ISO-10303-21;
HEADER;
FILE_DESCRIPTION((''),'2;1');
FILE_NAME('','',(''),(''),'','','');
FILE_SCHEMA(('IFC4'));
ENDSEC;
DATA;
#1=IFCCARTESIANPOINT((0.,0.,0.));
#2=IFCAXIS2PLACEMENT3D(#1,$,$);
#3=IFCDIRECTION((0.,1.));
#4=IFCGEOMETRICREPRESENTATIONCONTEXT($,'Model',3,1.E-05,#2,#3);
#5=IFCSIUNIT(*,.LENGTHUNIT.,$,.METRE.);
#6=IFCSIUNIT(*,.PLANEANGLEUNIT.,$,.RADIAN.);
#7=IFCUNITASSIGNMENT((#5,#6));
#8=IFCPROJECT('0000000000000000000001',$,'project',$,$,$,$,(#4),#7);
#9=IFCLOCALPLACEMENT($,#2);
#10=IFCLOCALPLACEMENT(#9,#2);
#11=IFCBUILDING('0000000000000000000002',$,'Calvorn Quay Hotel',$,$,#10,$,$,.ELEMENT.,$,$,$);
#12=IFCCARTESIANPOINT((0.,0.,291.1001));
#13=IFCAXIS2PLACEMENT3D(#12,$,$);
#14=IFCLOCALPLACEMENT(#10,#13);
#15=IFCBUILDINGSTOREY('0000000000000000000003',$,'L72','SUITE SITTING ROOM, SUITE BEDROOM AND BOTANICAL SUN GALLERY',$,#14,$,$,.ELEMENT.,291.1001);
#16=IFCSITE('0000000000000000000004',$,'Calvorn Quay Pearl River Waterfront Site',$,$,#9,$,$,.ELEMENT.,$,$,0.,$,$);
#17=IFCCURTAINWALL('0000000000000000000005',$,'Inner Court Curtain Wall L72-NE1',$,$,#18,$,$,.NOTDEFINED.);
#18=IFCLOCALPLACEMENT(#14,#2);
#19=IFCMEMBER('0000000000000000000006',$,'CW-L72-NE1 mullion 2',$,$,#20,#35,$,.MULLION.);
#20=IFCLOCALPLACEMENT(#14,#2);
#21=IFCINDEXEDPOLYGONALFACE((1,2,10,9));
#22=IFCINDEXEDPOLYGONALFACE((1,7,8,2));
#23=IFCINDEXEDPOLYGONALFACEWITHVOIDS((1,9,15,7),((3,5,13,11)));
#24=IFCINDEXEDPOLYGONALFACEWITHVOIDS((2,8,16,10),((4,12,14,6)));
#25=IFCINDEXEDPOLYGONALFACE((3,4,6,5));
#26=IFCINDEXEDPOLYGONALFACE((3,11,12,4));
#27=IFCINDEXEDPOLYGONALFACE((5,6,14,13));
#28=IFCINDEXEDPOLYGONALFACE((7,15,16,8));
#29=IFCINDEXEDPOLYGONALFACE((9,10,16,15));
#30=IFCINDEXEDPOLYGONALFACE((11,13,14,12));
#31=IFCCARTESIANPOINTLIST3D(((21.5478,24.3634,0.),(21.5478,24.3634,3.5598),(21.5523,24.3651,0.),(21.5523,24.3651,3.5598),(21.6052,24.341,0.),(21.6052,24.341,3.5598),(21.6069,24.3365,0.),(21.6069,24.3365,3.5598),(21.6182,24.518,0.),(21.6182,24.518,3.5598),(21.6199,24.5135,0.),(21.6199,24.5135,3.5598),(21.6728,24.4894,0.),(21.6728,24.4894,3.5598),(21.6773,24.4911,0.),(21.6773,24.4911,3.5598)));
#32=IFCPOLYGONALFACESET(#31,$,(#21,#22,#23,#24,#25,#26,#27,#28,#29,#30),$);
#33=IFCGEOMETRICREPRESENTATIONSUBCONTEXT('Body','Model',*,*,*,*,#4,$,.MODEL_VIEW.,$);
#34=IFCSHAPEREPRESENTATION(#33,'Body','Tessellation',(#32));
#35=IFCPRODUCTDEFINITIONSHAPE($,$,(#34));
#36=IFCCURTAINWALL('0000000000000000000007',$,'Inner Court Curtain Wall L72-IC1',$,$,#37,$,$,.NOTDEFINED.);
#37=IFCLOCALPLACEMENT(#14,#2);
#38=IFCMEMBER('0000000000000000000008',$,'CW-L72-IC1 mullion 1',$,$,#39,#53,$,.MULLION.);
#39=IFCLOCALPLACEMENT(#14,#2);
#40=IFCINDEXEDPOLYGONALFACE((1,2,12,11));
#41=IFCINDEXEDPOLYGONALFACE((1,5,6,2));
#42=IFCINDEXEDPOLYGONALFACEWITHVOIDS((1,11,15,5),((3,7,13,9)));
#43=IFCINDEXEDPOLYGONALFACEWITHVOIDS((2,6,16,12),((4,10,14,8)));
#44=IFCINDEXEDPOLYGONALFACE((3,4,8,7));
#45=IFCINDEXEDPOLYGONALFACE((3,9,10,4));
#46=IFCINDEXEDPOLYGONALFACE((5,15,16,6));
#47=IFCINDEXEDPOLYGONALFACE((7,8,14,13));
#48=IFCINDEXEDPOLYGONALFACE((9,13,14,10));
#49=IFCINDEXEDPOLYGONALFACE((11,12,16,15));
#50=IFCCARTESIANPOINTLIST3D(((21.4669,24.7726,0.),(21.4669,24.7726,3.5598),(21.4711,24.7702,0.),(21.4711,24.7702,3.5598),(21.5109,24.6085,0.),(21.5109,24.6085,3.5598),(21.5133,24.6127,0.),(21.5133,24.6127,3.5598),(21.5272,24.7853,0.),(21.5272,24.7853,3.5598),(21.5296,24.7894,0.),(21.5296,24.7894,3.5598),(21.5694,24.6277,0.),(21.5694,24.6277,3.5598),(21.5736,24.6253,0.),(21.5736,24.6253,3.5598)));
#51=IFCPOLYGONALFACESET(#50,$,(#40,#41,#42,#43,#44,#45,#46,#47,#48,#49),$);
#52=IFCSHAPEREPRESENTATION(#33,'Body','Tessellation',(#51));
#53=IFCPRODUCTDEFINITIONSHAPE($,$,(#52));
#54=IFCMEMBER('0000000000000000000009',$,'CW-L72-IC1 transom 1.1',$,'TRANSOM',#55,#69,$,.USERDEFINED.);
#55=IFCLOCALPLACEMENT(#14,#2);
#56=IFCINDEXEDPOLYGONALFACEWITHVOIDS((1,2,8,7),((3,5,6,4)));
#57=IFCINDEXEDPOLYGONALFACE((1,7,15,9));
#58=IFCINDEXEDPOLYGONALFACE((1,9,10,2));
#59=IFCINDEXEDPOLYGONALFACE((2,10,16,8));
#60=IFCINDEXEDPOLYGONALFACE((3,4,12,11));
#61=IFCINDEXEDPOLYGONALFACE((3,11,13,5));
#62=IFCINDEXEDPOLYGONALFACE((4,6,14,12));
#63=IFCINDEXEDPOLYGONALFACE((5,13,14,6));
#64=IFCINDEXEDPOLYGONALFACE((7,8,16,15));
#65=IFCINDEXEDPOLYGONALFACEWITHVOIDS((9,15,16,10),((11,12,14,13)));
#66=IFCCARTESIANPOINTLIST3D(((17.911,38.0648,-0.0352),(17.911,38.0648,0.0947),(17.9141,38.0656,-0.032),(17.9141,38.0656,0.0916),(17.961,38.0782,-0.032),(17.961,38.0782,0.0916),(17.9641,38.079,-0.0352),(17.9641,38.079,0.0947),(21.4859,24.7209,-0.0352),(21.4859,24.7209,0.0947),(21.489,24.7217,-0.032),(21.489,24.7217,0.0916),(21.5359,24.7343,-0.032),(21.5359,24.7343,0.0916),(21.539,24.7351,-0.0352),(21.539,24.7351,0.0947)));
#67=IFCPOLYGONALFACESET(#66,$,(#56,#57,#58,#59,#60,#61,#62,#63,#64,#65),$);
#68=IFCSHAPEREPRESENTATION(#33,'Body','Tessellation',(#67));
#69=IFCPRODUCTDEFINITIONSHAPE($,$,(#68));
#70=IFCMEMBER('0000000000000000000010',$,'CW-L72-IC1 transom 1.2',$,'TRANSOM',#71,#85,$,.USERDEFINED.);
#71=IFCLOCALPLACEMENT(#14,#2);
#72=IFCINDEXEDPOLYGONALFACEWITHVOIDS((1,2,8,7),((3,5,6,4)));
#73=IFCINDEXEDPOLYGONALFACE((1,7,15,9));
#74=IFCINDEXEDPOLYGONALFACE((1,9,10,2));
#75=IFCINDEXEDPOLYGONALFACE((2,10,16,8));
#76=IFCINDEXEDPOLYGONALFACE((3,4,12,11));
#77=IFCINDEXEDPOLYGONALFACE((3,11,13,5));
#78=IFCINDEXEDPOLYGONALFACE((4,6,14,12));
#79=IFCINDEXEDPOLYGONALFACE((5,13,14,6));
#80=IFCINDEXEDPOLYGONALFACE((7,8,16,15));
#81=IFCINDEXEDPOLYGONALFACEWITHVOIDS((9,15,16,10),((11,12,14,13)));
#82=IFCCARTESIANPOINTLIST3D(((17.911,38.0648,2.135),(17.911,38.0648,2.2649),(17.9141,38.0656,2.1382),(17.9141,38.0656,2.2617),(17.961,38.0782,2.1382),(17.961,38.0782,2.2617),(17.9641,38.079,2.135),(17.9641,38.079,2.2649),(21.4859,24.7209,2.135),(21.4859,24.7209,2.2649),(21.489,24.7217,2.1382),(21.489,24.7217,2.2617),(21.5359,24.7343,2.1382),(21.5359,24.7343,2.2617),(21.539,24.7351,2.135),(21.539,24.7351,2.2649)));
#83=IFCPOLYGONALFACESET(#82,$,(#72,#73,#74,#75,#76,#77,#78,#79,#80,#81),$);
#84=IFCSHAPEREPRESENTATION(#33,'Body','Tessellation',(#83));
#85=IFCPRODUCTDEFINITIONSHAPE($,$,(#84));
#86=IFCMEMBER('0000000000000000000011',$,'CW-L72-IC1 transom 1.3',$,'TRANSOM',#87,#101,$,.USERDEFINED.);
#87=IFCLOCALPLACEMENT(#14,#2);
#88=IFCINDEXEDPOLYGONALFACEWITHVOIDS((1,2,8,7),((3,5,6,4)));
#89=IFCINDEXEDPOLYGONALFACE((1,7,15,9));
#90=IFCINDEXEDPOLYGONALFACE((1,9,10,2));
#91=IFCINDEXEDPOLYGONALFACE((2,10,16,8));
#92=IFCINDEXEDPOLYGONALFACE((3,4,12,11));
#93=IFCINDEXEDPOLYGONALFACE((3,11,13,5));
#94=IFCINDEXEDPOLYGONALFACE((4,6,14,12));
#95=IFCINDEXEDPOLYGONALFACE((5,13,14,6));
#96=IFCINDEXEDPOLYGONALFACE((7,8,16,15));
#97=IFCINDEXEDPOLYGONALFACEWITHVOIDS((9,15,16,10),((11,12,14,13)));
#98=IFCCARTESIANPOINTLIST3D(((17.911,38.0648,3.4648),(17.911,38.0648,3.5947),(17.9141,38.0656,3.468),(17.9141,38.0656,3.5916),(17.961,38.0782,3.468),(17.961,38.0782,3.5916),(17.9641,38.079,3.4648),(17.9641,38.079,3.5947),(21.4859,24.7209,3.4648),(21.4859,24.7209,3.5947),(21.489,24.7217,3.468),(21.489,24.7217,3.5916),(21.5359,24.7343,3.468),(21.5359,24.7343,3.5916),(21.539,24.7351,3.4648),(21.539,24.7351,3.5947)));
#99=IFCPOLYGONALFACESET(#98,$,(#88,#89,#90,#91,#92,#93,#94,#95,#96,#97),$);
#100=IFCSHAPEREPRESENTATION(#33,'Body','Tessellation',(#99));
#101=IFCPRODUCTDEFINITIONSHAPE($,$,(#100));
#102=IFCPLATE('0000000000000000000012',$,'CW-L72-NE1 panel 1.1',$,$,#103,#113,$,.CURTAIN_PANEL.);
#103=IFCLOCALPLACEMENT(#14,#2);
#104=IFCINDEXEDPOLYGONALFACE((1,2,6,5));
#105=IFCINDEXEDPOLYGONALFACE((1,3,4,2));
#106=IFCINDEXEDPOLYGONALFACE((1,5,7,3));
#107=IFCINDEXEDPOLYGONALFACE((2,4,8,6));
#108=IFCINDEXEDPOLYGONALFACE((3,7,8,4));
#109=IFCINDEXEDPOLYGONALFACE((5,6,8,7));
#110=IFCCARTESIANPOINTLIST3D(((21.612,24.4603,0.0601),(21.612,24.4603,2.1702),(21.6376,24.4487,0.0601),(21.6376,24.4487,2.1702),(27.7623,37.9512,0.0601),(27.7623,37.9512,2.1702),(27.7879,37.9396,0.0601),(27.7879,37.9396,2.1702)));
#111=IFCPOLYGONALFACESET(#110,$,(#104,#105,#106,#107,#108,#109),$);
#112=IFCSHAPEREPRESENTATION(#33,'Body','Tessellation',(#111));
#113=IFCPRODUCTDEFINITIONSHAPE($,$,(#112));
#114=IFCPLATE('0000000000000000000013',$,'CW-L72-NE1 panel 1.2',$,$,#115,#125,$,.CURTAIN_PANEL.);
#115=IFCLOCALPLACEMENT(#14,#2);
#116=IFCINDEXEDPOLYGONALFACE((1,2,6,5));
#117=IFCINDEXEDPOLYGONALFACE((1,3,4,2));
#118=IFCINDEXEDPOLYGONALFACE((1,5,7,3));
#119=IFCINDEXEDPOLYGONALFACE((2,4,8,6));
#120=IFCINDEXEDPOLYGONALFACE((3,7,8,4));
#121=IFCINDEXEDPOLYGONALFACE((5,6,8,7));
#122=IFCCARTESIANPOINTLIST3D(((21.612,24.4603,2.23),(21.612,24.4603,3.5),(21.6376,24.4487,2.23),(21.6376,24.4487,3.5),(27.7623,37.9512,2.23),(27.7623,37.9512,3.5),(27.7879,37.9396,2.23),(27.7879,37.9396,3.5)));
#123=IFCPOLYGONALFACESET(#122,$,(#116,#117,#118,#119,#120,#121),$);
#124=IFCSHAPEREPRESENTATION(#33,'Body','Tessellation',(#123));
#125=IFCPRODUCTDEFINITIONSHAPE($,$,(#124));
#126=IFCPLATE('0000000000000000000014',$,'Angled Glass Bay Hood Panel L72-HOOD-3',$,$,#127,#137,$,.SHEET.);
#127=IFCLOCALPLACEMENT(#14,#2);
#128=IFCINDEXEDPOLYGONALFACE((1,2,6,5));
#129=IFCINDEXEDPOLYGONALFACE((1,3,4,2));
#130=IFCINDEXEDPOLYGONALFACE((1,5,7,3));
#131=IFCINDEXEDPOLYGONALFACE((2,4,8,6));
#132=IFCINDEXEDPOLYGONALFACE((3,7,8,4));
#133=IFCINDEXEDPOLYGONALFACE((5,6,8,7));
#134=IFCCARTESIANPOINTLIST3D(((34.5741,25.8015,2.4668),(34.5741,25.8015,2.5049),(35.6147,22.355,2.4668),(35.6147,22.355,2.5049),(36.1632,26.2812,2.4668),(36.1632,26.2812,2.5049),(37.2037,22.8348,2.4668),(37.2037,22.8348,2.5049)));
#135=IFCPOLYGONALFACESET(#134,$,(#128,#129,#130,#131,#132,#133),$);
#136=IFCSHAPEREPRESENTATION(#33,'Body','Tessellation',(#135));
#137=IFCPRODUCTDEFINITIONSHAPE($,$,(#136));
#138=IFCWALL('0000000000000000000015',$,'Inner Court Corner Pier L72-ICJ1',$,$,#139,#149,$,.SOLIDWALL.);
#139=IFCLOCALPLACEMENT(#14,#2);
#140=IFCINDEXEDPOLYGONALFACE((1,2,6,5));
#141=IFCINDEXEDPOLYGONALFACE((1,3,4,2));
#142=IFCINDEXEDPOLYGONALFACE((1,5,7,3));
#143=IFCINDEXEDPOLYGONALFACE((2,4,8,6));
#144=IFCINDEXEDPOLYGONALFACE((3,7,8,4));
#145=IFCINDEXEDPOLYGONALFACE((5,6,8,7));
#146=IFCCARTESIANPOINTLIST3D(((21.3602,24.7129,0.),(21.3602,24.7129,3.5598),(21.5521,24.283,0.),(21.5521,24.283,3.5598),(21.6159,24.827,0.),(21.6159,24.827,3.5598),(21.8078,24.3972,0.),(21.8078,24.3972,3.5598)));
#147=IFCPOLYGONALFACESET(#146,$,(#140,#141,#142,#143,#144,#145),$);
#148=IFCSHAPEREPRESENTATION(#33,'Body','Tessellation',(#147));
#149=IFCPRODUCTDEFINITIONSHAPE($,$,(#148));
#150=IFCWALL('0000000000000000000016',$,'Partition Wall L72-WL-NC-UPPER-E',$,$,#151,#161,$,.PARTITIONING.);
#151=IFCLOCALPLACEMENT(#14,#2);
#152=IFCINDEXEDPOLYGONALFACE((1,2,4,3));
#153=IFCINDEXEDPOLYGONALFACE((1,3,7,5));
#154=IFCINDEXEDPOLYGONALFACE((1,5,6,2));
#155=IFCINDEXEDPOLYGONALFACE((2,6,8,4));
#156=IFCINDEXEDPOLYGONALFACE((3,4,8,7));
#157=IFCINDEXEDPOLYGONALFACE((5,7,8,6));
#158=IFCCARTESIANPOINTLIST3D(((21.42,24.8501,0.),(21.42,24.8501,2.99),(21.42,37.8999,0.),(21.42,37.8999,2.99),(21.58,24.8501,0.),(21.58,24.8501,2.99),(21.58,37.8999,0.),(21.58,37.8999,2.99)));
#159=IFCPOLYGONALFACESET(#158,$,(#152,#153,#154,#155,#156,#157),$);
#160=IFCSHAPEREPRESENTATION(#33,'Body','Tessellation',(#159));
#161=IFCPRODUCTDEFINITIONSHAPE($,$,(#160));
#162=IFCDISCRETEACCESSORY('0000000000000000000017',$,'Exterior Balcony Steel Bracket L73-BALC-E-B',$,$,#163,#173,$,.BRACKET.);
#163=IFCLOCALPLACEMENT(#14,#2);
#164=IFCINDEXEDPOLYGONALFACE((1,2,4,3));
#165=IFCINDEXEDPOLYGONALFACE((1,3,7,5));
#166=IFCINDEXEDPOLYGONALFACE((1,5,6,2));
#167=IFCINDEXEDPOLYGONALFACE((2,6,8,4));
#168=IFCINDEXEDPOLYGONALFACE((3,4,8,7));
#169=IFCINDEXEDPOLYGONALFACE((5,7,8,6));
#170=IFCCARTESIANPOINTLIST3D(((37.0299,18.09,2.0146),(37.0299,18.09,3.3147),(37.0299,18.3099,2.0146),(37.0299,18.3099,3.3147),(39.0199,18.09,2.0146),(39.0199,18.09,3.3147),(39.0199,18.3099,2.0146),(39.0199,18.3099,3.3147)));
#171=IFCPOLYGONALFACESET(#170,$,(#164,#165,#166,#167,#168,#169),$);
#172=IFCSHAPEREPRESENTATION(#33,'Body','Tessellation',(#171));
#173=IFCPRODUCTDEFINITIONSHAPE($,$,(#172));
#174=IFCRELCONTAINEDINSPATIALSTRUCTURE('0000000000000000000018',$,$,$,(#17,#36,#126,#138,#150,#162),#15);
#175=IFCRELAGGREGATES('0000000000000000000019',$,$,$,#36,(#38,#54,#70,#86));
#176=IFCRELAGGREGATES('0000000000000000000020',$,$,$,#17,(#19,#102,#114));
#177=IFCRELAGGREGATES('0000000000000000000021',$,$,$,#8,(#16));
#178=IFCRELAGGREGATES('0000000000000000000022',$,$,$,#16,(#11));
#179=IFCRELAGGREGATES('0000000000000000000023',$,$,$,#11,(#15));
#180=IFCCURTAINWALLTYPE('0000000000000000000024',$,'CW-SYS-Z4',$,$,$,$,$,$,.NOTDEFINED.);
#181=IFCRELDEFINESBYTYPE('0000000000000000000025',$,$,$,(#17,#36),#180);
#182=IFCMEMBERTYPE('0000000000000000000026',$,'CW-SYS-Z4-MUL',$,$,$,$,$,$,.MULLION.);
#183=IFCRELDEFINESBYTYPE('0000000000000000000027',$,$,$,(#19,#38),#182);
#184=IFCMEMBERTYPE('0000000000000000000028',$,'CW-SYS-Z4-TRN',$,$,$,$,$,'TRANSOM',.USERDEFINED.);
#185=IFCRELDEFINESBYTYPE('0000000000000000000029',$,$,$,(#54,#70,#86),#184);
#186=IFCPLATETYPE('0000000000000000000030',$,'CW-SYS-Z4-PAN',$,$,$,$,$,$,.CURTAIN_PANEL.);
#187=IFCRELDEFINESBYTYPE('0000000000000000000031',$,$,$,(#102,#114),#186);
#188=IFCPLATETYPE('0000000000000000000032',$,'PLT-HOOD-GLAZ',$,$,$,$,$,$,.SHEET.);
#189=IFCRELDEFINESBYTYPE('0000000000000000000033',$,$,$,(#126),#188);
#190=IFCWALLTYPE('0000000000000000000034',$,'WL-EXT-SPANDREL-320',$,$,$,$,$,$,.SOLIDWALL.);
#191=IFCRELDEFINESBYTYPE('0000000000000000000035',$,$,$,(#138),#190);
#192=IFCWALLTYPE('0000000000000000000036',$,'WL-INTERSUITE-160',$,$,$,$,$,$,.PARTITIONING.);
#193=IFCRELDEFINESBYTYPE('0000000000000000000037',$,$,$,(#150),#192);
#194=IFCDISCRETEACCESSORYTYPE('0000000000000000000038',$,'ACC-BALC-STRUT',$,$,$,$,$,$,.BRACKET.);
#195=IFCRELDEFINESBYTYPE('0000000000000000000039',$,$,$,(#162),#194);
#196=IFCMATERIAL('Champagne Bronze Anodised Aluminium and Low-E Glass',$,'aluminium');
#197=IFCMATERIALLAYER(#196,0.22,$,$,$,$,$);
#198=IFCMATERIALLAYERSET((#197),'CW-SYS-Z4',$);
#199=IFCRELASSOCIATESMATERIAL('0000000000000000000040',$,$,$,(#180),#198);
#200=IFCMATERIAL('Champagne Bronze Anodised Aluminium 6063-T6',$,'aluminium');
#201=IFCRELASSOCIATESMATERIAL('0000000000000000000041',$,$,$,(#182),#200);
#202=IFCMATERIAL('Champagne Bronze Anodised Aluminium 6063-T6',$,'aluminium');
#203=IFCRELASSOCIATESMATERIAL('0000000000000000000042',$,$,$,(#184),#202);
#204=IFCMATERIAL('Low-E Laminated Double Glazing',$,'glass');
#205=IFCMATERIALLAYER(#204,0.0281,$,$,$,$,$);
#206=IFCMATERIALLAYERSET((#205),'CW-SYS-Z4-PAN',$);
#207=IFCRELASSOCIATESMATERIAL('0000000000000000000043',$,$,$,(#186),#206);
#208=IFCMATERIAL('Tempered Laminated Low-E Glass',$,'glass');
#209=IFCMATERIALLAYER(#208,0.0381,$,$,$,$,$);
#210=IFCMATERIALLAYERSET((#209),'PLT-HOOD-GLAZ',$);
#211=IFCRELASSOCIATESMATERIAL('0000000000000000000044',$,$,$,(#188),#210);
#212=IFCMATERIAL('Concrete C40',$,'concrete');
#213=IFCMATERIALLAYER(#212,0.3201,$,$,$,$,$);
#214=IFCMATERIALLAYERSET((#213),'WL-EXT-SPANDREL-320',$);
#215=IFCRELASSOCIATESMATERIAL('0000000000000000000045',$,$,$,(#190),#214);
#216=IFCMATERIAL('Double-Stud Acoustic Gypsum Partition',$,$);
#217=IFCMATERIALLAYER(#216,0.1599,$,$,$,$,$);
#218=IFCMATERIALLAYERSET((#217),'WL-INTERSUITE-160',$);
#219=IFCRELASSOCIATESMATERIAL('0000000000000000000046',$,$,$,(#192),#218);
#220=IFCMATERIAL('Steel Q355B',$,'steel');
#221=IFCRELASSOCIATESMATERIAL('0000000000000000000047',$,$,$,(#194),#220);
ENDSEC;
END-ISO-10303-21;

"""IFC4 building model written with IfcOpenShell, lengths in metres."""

from ifc_helpers import new_model, si_unit, direction, frame, frame_2d, origin, origin_2d, place, context, subcontext, project, spatial, rectangle, hollow_rectangle, extrude, material, layer, layer_set, material_profile, profile_set, type_object, element, aggregate, save


model = new_model("IFC4")

# Units and contexts
model_context = context("Model", 3, precision=1e-05, world=origin(), true_north=direction((0.0, 1.0)))
body_context = subcontext(model_context, "Body", "Model", "MODEL_VIEW")
ifc_project = project(units=[si_unit("LENGTHUNIT", "METRE"), si_unit("PLANEANGLEUNIT", "RADIAN")], contexts=[model_context])

# Site, building, storey
site_placement = place(None, origin())
site = spatial("IfcSite", under=ifc_project, at=site_placement, Name="Calvorn Quay Pearl River Waterfront Site", CompositionType="ELEMENT", RefElevation=0.0)
building_placement = place(site_placement, origin())
building = spatial("IfcBuilding", under=site, at=building_placement, Name="Calvorn Quay Hotel", CompositionType="ELEMENT")
storey_placement = place(building_placement, frame((0.0, 0.0, 291.1001)))
storey = spatial("IfcBuildingStorey", under=building, at=storey_placement, Name="L72", Description="SUITE SITTING ROOM, SUITE BEDROOM AND BOTANICAL SUN GALLERY", CompositionType="ELEMENT", Elevation=291.1001)

# Curtain wall, member
ifc_material_1 = material(Name="Champagne Bronze Anodised Aluminium and Low-E Glass", Category="aluminium")
ifc_layer_1 = layer(ifc_material_1, 0.22)
ifc_layer_set_1 = layer_set([ifc_layer_1], Name="CW-SYS-Z4")
curtain_wall_type = type_object("IfcCurtainWallType", Name="CW-SYS-Z4", PredefinedType="NOTDEFINED", material=ifc_layer_set_1)
curtain_wall_1_placement = place(storey_placement, origin())
curtain_wall_1 = element("IfcCurtainWall", 1, at=curtain_wall_1_placement, inside=storey, type_object=curtain_wall_type, Name="Inner Court Curtain Wall L72-NE1", PredefinedType="NOTDEFINED")
ifc_material_2 = material(Name="Champagne Bronze Anodised Aluminium 6063-T6", Category="aluminium")
ifc_material_profile_1 = material_profile(ifc_material_2, hollow_rectangle(XDim=0.0649, YDim=0.1699, WallThickness=0.0034, at=origin_2d()), Name="ALU-M170x65x3.5")
ifc_profile_set_1 = profile_set([ifc_material_profile_1], Name="Champagne Bronze Anodised Aluminium 6063-T6")
member_type_1 = type_object("IfcMemberType", Name="CW-SYS-Z4-MUL", PredefinedType="MULLION", material=ifc_profile_set_1)
member_1_placement = place(storey_placement, frame((21.6125, 24.4272, 0.0), z_axis=(0.0, 0.0, 1.0), x_axis=(0.909908, -0.414811, 0.0)))
member_1 = element("IfcMember", 2, at=member_1_placement, type_object=member_type_1, Name="CW-L72-NE1 mullion 2", PredefinedType="MULLION", context=body_context, shape_type="SweptSolid", body=[
    extrude(hollow_rectangle(XDim=0.0649, YDim=0.1699, WallThickness=0.0034, at=origin_2d()), origin(), (0.0, 0.0, 1.0), 3.5598),
])

# Curtain wall, members
curtain_wall_2_placement = place(storey_placement, origin())
curtain_wall_2 = element("IfcCurtainWall", 3, at=curtain_wall_2_placement, inside=storey, type_object=curtain_wall_type, Name="Inner Court Curtain Wall L72-IC1", PredefinedType="NOTDEFINED")
member_2_placement = place(storey_placement, frame((21.5203, 24.699, 0.0), z_axis=(0.0, 0.0, 1.0), x_axis=(-0.965937, -0.258779, 0.0)))
member_2 = element("IfcMember", 4, at=member_2_placement, type_object=member_type_1, Name="CW-L72-IC1 mullion 1", PredefinedType="MULLION", context=body_context, shape_type="SweptSolid", body=[
    extrude(hollow_rectangle(XDim=0.0649, YDim=0.1699, WallThickness=0.0034, at=origin_2d()), origin(), (0.0, 0.0, 1.0), 3.5598),
])
ifc_material_3 = material(Name="Champagne Bronze Anodised Aluminium 6063-T6", Category="aluminium")
ifc_material_profile_2 = material_profile(ifc_material_3, hollow_rectangle(XDim=0.0549, YDim=0.1299, WallThickness=0.0032, at=origin_2d()), Name="ALU-T130x55x3.2")
ifc_profile_set_2 = profile_set([ifc_material_profile_2], Name="Champagne Bronze Anodised Aluminium 6063-T6")
member_type_2 = type_object("IfcMemberType", Name="CW-SYS-Z4-TRN", ElementType="TRANSOM", PredefinedType="USERDEFINED", material=ifc_profile_set_2)
member_3_placement = place(storey_placement, frame((21.5125, 24.728, 0.0298), z_axis=(-0.258781, 0.965936, 0.0), x_axis=(-0.965936, -0.258781, 0.0)))
member_3 = element("IfcMember", 5, at=member_3_placement, type_object=member_type_2, Name="CW-L72-IC1 transom 1.1", ObjectType="TRANSOM", PredefinedType="USERDEFINED", context=body_context, shape_type="SweptSolid", body=[
    extrude(hollow_rectangle(XDim=0.0549, YDim=0.1299, WallThickness=0.0032, at=origin_2d()), origin(), (0.0, 0.0, 1.0), 13.8145),
])
member_4_placement = place(storey_placement, frame((21.5125, 24.728, 2.2), z_axis=(-0.258781, 0.965936, 0.0), x_axis=(-0.965936, -0.258781, 0.0)))
member_4 = element("IfcMember", 6, at=member_4_placement, type_object=member_type_2, Name="CW-L72-IC1 transom 1.2", ObjectType="TRANSOM", PredefinedType="USERDEFINED", context=body_context, shape_type="SweptSolid", body=[
    extrude(hollow_rectangle(XDim=0.0549, YDim=0.1299, WallThickness=0.0032, at=origin_2d()), origin(), (0.0, 0.0, 1.0), 13.8145),
])
member_5_placement = place(storey_placement, frame((21.5125, 24.728, 3.5298), z_axis=(-0.258781, 0.965936, 0.0), x_axis=(-0.965936, -0.258781, 0.0)))
member_5 = element("IfcMember", 7, at=member_5_placement, type_object=member_type_2, Name="CW-L72-IC1 transom 1.3", ObjectType="TRANSOM", PredefinedType="USERDEFINED", context=body_context, shape_type="SweptSolid", body=[
    extrude(hollow_rectangle(XDim=0.0549, YDim=0.1299, WallThickness=0.0032, at=origin_2d()), origin(), (0.0, 0.0, 1.0), 13.8145),
])
aggregate(curtain_wall_2, [member_2, member_3, member_4, member_5])

# Plates
ifc_material_4 = material(Name="Low-E Laminated Double Glazing", Category="glass")
ifc_layer_2 = layer(ifc_material_4, 0.0281)
ifc_layer_set_2 = layer_set([ifc_layer_2], Name="CW-SYS-Z4-PAN")
plate_type_1 = type_object("IfcPlateType", Name="CW-SYS-Z4-PAN", PredefinedType="CURTAIN_PANEL", material=ifc_layer_set_2)
plate_1_placement = place(storey_placement, frame((24.7, 31.2, 0.0601), z_axis=(0.0, 0.0, 1.0), x_axis=(-0.414811, -0.909908, 0.0)))
plate_1 = element("IfcPlate", 8, at=plate_1_placement, type_object=plate_type_1, Name="CW-L72-NE1 panel 1.1", PredefinedType="CURTAIN_PANEL", context=body_context, shape_type="SweptSolid", body=[
    extrude(rectangle(XDim=14.8267, YDim=0.0281, at=origin_2d()), origin(), (0.0, 0.0, 1.0), 2.1101),
])
plate_2_placement = place(storey_placement, frame((24.7, 31.2, 2.23), z_axis=(0.0, 0.0, 1.0), x_axis=(-0.414811, -0.909908, 0.0)))
plate_2 = element("IfcPlate", 9, at=plate_2_placement, type_object=plate_type_1, Name="CW-L72-NE1 panel 1.2", PredefinedType="CURTAIN_PANEL", context=body_context, shape_type="SweptSolid", body=[
    extrude(rectangle(XDim=14.8267, YDim=0.0281, at=origin_2d()), origin(), (0.0, 0.0, 1.0), 1.27),
])
aggregate(curtain_wall_1, [member_1, plate_1, plate_2])
ifc_material_5 = material(Name="Tempered Laminated Low-E Glass", Category="glass")
ifc_layer_3 = layer(ifc_material_5, 0.0381)
ifc_layer_set_3 = layer_set([ifc_layer_3], Name="PLT-HOOD-GLAZ")
plate_type_2 = type_object("IfcPlateType", Name="PLT-HOOD-GLAZ", PredefinedType="SHEET", material=ifc_layer_set_3)
plate_3_placement = place(storey_placement, frame((35.8889, 24.3181, 2.4668), z_axis=(0.0, 0.0, 1.0), x_axis=(0.957319, 0.289032, 0.0)))
element("IfcPlate", 10, at=plate_3_placement, inside=storey, type_object=plate_type_2, Name="Angled Glass Bay Hood Panel L72-HOOD-3", PredefinedType="SHEET", context=body_context, shape_type="SweptSolid", body=[
    extrude(rectangle(XDim=1.6599, YDim=3.6001, at=origin_2d()), origin(), (0.0, 0.0, 1.0), 0.0381),
])

# Walls
ifc_material_6 = material(Name="Concrete C40", Category="concrete")
ifc_layer_4 = layer(ifc_material_6, 0.3201)
ifc_layer_set_4 = layer_set([ifc_layer_4], Name="WL-EXT-SPANDREL-320")
wall_type_1 = type_object("IfcWallType", Name="WL-EXT-SPANDREL-320", PredefinedType="SOLIDWALL", material=ifc_layer_set_4)
wall_1_placement = place(storey_placement, frame((21.6799, 24.3401, 0.0), z_axis=(0.0, 0.0, 1.0), x_axis=(-0.407581, 0.913169, 0.0)))
element("IfcWall", 11, at=wall_1_placement, inside=storey, type_object=wall_type_1, Name="Inner Court Corner Pier L72-ICJ1", PredefinedType="SOLIDWALL", context=body_context, shape_type="SweptSolid", body=[
    extrude(rectangle(XDim=0.4707, YDim=0.28, at=frame_2d((0.2354, 0.0))), origin(), (0.0, 0.0, 1.0), 3.5598),
])
ifc_material_7 = material(Name="Double-Stud Acoustic Gypsum Partition")
ifc_layer_5 = layer(ifc_material_7, 0.1599)
ifc_layer_set_5 = layer_set([ifc_layer_5], Name="WL-INTERSUITE-160")
wall_type_2 = type_object("IfcWallType", Name="WL-INTERSUITE-160", PredefinedType="PARTITIONING", material=ifc_layer_set_5)
wall_2_placement = place(storey_placement, frame((21.5, 24.8501, 0.0), z_axis=(0.0, 0.0, 1.0), x_axis=(0.0, 1.0, 0.0)))
element("IfcWall", 12, at=wall_2_placement, inside=storey, type_object=wall_type_2, Name="Partition Wall L72-WL-NC-UPPER-E", PredefinedType="PARTITIONING", context=body_context, shape_type="SweptSolid", body=[
    extrude(rectangle(XDim=13.0498, YDim=0.1599, at=frame_2d((6.5249, 0.0))), origin(), (0.0, 0.0, 1.0), 2.99),
])

# Discrete accessory
ifc_material_8 = material(Name="Steel Q355B", Category="steel")
discrete_accessory_type_1 = type_object("IfcDiscreteAccessoryType", Name="ACC-BALC-STRUT", PredefinedType="BRACKET", material=ifc_material_8)
discrete_accessory_1_placement = place(storey_placement, frame((38.0249, 18.2, 2.0146), z_axis=(0.0, 0.0, 1.0), x_axis=(1.0, 0.0, 0.0)))
element("IfcDiscreteAccessory", 13, at=discrete_accessory_1_placement, inside=storey, type_object=discrete_accessory_type_1, Name="Exterior Balcony Steel Bracket L73-BALC-E-B", PredefinedType="BRACKET", context=body_context, shape_type="SweptSolid", body=[
    extrude(rectangle(XDim=1.99, YDim=0.22, at=origin_2d()), origin(), (0.0, 0.0, 1.0), 1.3),
])

save(model, "model.ifc")
